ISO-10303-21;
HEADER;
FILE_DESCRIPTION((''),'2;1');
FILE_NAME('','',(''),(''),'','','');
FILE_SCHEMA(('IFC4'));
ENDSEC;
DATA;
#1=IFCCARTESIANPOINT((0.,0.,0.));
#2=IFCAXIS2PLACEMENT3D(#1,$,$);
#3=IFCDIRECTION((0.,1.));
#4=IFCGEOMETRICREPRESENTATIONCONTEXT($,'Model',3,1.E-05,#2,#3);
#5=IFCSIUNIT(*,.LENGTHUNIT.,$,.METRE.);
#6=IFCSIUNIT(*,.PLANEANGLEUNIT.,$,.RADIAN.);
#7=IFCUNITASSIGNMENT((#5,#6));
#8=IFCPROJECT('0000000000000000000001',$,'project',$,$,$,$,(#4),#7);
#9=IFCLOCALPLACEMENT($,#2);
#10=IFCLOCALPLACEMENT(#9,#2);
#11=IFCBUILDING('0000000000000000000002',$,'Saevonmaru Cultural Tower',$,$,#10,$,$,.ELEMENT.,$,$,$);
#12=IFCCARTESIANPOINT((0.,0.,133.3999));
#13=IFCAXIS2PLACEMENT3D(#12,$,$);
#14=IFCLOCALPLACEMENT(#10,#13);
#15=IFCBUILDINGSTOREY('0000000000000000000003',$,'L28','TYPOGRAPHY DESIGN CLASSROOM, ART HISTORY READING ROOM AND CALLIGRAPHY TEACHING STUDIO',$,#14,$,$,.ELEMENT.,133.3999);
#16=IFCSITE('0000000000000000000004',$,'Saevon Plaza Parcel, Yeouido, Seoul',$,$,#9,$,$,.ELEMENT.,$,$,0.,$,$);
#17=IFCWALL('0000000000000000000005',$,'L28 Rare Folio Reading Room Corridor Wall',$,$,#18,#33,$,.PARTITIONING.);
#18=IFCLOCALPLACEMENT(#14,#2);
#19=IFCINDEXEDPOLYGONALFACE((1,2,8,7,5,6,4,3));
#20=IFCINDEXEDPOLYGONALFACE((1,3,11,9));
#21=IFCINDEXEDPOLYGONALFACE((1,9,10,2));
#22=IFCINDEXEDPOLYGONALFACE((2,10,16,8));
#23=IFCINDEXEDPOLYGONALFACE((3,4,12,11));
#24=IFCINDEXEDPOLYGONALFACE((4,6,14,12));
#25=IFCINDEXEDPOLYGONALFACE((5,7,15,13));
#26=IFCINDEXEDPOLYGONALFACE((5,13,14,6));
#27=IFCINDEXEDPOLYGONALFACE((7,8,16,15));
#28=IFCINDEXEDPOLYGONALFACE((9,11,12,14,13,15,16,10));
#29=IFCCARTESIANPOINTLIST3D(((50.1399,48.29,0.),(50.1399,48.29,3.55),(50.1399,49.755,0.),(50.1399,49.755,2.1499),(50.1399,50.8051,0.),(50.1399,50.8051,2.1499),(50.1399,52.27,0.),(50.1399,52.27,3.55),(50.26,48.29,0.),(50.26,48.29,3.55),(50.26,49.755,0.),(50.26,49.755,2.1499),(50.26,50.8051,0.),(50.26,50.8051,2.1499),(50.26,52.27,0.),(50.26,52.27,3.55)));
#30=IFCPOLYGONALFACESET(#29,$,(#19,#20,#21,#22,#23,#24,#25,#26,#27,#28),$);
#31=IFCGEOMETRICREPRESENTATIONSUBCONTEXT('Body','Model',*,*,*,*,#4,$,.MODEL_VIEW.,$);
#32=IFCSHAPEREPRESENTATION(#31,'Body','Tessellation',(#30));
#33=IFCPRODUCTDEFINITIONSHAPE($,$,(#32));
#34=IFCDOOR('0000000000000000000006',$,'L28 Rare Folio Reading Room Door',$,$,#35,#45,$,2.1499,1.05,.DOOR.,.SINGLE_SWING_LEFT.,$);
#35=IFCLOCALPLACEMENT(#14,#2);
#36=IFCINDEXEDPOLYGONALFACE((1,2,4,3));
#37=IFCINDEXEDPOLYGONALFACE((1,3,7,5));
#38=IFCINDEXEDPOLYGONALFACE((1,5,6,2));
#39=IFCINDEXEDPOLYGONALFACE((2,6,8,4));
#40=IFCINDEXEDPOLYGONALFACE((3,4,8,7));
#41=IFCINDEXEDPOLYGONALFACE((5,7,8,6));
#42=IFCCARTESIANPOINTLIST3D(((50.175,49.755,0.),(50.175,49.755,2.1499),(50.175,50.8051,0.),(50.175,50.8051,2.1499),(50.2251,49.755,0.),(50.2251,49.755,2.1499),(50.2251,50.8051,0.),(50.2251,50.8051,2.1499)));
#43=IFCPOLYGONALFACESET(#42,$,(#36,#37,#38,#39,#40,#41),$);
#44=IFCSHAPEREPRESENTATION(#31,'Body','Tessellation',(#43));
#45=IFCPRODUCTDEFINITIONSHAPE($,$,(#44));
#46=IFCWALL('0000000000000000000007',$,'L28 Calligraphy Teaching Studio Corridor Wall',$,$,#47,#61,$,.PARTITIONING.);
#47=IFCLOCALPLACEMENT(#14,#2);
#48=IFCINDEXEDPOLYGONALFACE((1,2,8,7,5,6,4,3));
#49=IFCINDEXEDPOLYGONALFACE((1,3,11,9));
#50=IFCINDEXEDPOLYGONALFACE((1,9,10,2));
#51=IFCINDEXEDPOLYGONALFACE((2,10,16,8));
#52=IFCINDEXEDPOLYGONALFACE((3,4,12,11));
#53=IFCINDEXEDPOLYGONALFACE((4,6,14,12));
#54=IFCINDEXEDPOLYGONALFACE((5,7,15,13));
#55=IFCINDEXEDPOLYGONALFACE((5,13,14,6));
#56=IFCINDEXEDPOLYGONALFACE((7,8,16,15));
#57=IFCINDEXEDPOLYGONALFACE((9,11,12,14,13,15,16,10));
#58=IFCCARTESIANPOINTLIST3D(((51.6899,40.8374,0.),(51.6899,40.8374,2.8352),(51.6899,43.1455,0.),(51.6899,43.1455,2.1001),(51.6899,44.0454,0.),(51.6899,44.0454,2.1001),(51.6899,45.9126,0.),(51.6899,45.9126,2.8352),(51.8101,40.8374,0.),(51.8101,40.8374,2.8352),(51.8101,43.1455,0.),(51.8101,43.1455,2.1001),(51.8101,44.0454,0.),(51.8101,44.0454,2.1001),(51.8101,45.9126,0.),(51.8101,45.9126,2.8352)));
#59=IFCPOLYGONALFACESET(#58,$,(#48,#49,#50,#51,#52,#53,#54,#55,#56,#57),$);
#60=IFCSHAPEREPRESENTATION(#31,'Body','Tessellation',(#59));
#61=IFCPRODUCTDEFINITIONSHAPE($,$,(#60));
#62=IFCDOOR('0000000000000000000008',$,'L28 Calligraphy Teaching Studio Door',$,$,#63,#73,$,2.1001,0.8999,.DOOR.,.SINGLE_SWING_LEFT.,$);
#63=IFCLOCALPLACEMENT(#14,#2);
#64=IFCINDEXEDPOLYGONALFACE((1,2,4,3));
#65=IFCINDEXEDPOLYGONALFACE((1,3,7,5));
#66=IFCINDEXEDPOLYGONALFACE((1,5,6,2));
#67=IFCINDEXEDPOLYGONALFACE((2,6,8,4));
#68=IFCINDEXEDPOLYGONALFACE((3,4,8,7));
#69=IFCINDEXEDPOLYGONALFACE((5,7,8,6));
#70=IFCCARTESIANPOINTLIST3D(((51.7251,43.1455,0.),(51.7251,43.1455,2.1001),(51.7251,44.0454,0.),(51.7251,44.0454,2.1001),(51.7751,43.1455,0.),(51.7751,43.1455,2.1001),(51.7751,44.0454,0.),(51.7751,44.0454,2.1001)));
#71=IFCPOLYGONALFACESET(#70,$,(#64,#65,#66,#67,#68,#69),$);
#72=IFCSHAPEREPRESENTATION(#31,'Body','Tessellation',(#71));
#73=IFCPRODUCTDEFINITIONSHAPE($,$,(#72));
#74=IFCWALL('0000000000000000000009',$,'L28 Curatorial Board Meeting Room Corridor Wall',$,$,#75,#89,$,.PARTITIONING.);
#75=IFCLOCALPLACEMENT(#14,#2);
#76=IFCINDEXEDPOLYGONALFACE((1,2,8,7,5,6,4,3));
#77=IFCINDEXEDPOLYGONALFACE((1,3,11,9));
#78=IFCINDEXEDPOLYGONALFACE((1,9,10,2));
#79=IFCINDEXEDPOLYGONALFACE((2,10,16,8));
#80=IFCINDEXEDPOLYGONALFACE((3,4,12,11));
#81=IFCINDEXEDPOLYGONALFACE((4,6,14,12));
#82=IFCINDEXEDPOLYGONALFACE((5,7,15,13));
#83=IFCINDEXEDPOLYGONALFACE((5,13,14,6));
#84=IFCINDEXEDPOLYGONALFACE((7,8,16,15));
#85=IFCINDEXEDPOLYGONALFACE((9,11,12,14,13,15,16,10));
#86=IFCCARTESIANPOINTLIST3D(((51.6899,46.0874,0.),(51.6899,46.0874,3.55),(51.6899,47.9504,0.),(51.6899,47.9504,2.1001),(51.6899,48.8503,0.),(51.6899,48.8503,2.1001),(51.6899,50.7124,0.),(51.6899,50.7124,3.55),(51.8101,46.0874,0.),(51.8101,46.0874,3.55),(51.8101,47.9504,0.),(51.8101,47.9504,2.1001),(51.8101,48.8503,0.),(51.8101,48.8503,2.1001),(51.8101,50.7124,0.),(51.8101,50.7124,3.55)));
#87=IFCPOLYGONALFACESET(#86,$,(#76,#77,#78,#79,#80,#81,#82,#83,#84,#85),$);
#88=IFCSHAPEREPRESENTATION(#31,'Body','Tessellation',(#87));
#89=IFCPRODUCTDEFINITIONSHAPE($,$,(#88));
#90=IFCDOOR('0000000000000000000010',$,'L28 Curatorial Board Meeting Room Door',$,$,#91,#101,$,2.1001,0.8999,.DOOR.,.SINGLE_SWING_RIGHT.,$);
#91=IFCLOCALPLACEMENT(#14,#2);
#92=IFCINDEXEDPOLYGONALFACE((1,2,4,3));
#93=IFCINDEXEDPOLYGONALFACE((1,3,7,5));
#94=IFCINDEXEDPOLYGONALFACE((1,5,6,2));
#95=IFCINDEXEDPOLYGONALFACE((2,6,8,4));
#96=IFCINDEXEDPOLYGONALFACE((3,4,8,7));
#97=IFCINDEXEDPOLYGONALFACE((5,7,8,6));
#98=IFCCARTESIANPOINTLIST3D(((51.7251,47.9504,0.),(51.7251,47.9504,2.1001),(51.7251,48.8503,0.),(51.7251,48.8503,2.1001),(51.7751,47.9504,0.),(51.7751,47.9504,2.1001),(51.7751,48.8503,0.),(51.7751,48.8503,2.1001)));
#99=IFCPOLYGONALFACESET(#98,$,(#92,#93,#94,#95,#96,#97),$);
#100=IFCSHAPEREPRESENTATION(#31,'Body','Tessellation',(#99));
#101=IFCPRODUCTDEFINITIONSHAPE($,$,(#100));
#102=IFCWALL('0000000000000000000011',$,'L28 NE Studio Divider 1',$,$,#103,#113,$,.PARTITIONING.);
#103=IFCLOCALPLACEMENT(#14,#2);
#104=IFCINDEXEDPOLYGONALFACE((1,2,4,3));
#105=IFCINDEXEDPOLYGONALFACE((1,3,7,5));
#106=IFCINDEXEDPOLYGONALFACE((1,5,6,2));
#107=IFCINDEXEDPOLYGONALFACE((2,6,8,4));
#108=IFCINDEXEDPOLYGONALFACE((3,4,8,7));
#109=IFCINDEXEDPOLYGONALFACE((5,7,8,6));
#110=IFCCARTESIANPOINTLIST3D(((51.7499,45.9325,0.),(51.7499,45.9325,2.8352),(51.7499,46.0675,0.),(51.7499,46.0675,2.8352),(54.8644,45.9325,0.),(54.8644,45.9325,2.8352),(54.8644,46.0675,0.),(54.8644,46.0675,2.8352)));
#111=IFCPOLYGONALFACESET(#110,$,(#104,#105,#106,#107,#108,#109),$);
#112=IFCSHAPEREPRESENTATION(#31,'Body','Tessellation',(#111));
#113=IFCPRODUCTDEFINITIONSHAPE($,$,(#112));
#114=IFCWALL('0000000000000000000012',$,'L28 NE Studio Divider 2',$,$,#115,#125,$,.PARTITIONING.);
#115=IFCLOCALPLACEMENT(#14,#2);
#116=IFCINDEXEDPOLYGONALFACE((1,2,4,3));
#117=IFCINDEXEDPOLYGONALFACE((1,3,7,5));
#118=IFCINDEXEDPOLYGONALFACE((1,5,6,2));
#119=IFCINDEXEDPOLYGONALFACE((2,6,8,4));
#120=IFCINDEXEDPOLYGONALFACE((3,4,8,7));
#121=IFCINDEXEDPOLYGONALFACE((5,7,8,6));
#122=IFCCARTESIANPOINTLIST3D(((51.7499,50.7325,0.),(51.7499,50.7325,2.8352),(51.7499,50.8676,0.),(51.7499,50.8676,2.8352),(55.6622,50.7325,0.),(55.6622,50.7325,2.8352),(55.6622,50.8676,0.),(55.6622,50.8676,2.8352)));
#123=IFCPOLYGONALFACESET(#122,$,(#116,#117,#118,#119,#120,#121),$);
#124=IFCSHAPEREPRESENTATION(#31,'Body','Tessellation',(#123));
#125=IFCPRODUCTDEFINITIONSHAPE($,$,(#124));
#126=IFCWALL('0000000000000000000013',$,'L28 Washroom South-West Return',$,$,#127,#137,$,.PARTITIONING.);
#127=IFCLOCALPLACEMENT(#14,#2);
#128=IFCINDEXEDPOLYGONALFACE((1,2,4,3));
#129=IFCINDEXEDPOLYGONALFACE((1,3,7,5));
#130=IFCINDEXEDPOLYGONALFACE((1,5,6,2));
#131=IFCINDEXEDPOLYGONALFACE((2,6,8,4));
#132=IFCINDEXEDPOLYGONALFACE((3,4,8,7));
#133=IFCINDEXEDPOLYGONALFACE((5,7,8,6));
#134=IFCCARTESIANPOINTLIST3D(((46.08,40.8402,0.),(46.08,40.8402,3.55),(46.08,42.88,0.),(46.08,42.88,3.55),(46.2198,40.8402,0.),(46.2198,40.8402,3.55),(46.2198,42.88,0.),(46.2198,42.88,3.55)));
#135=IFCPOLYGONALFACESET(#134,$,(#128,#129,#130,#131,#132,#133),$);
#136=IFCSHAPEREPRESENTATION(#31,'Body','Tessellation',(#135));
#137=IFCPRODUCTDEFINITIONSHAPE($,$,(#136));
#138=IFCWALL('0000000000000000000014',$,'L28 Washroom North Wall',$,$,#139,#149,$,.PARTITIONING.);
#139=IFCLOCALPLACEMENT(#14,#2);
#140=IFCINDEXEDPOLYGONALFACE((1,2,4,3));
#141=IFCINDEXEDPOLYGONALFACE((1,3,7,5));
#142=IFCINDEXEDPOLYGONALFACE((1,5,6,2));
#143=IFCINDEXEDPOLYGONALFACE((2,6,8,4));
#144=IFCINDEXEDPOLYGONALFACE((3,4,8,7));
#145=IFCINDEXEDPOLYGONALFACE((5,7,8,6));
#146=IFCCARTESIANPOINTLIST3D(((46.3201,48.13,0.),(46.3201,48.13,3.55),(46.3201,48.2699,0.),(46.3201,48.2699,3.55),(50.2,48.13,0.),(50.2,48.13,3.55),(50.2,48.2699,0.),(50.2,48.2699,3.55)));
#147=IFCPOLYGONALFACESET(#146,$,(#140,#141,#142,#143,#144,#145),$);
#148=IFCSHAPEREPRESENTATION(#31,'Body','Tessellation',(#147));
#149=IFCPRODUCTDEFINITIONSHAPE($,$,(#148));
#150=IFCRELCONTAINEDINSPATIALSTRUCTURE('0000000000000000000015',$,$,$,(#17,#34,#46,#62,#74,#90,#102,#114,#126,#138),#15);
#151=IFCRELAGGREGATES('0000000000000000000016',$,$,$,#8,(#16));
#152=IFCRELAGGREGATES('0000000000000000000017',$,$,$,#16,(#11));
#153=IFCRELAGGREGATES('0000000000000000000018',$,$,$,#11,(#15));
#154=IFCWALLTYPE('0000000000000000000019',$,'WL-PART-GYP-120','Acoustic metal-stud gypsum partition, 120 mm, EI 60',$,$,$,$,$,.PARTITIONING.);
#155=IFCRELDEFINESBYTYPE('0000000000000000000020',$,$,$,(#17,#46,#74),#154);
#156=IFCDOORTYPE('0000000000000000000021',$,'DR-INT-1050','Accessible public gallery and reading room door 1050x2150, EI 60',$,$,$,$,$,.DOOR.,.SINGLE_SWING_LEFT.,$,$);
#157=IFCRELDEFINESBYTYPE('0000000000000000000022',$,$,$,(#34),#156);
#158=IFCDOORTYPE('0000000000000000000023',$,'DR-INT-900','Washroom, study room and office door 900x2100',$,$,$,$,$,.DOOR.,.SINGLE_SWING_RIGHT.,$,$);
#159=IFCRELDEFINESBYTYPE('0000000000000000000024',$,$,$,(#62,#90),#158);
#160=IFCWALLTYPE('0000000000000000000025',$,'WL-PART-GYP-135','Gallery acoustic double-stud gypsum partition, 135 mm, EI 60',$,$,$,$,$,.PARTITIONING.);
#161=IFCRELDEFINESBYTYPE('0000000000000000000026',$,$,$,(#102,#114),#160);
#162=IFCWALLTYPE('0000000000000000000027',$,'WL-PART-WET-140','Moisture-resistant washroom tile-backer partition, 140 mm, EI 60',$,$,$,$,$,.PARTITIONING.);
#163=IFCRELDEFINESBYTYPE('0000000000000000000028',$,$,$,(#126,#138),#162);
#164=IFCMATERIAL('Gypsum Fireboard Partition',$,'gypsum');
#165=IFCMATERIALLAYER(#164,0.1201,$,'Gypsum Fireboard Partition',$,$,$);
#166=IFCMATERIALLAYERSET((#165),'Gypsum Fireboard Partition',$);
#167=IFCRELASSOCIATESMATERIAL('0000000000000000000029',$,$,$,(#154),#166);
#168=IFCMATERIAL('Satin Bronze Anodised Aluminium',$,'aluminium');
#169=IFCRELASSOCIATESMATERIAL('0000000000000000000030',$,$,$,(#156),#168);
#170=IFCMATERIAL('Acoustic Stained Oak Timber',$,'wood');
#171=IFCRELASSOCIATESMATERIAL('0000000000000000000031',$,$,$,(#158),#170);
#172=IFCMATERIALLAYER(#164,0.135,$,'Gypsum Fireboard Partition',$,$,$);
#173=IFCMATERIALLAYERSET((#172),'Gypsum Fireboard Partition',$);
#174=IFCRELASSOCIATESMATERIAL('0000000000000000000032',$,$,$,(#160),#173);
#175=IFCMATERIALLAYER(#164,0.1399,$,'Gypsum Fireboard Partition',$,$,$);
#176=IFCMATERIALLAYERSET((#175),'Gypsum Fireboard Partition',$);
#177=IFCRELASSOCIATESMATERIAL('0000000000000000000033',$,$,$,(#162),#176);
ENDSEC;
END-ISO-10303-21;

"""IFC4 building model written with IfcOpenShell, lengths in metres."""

from ifc_helpers import new_model, si_unit, direction, frame, frame_2d, origin, place, context, subcontext, project, spatial, rectangle, extrude, material, layer, layer_set, type_object, element, fill, save


model = new_model("IFC4")

# Units and contexts
model_context = context("Model", 3, precision=1e-05, world=origin(), true_north=direction((0.0, 1.0)))
body_context = subcontext(model_context, "Body", "Model", "MODEL_VIEW")
ifc_project = project(units=[si_unit("LENGTHUNIT", "METRE"), si_unit("PLANEANGLEUNIT", "RADIAN")], contexts=[model_context])

# Site, building, storey
site_placement = place(None, origin())
site = spatial("IfcSite", under=ifc_project, at=site_placement, Name="Saevon Plaza Parcel, Yeouido, Seoul", CompositionType="ELEMENT", RefElevation=0.0)
building_placement = place(site_placement, origin())
building = spatial("IfcBuilding", under=site, at=building_placement, Name="Saevonmaru Cultural Tower", CompositionType="ELEMENT")
storey_placement = place(building_placement, frame((0.0, 0.0, 133.3999)))
storey = spatial("IfcBuildingStorey", under=building, at=storey_placement, Name="L28", Description="TYPOGRAPHY DESIGN CLASSROOM, ART HISTORY READING ROOM AND CALLIGRAPHY TEACHING STUDIO", CompositionType="ELEMENT", Elevation=133.3999)

# Shared definitions
ifc_material_1 = material(Name="Satin Bronze Anodised Aluminium", Category="aluminium")

# Walls, openings, doors
ifc_material_2 = material(Name="Gypsum Fireboard Partition", Category="gypsum")
ifc_layer_1 = layer(ifc_material_2, 0.1201, Name="Gypsum Fireboard Partition")
ifc_layer_set_1 = layer_set([ifc_layer_1], Name="Gypsum Fireboard Partition")
wall_type_1 = type_object("IfcWallType", Name="WL-PART-GYP-120", Description="Acoustic metal-stud gypsum partition, 120 mm, EI 60", PredefinedType="PARTITIONING", material=ifc_layer_set_1)
wall_1_placement = place(storey_placement, frame((50.2, 48.29, 0.0), z_axis=(0.0, 0.0, 1.0), x_axis=(0.0, 1.0, 0.0)))
wall_1 = element("IfcWall", 1, at=wall_1_placement, inside=storey, type_object=wall_type_1, Name="L28 Rare Folio Reading Room Corridor Wall", PredefinedType="PARTITIONING", context=body_context, shape_type="SweptSolid", body=[
    extrude(rectangle(XDim=3.98, YDim=0.1201, at=frame_2d((1.99, 0.0))), origin(), (0.0, 0.0, 1.0), 3.55),
])
opening_1_placement = place(wall_1_placement, frame((1.4651, 0.0, 0.0)))
opening_1 = element("IfcOpeningElement", 2, at=opening_1_placement, cuts=wall_1, PredefinedType="OPENING", context=body_context, shape_type="SweptSolid", body=[
    extrude(rectangle(XDim=1.05, YDim=2.1499, at=frame_2d((0.5249, 1.075))), frame((0.0, 0.0701, 0.0), z_axis=(0.0, -1.0, 0.0), x_axis=(1.0, 0.0, 0.0)), (0.0, 0.0, 1.0), 0.1401),
])
door_type_1 = type_object("IfcDoorType", Name="DR-INT-1050", Description="Accessible public gallery and reading room door 1050x2150, EI 60", OperationType="SINGLE_SWING_LEFT", PredefinedType="DOOR", material=ifc_material_1)
door_1_placement = place(opening_1_placement, origin())
door_1 = element("IfcDoor", 3, at=door_1_placement, inside=storey, type_object=door_type_1, Name="L28 Rare Folio Reading Room Door", OperationType="SINGLE_SWING_LEFT", OverallHeight=2.1499, OverallWidth=1.05, PredefinedType="DOOR", context=body_context, shape_type="SweptSolid", body=[
    extrude(rectangle(XDim=1.05, YDim=2.1499, at=frame_2d((0.5249, 1.075))), frame((0.0, 0.0249, 0.0), z_axis=(0.0, -1.0, 0.0), x_axis=(1.0, 0.0, 0.0)), (0.0, 0.0, 1.0), 0.05),
])
fill(opening_1, door_1)
wall_2_placement = place(storey_placement, frame((51.75, 40.8374, 0.0), z_axis=(0.0, 0.0, 1.0), x_axis=(0.0, 1.0, 0.0)))
wall_2 = element("IfcWall", 4, at=wall_2_placement, inside=storey, type_object=wall_type_1, Name="L28 Calligraphy Teaching Studio Corridor Wall", PredefinedType="PARTITIONING", context=body_context, shape_type="SweptSolid", body=[
    extrude(rectangle(XDim=5.0752, YDim=0.1201, at=frame_2d((2.5376, 0.0))), origin(), (0.0, 0.0, 1.0), 2.8352),
])
opening_2_placement = place(wall_2_placement, frame((2.3081, 0.0, 0.0)))
opening_2 = element("IfcOpeningElement", 5, at=opening_2_placement, cuts=wall_2, PredefinedType="OPENING", context=body_context, shape_type="SweptSolid", body=[
    extrude(rectangle(XDim=0.8999, YDim=2.1001, at=frame_2d((0.45, 1.05))), frame((0.0, 0.0701, 0.0), z_axis=(0.0, -1.0, 0.0), x_axis=(1.0, 0.0, 0.0)), (0.0, 0.0, 1.0), 0.1401),
])
ifc_material_3 = material(Name="Acoustic Stained Oak Timber", Category="wood")
door_type_2 = type_object("IfcDoorType", Name="DR-INT-900", Description="Washroom, study room and office door 900x2100", OperationType="SINGLE_SWING_RIGHT", PredefinedType="DOOR", material=ifc_material_3)
door_2_placement = place(opening_2_placement, origin())
door_2 = element("IfcDoor", 6, at=door_2_placement, inside=storey, type_object=door_type_2, Name="L28 Calligraphy Teaching Studio Door", OperationType="SINGLE_SWING_LEFT", OverallHeight=2.1001, OverallWidth=0.8999, PredefinedType="DOOR", context=body_context, shape_type="SweptSolid", body=[
    extrude(rectangle(XDim=0.8999, YDim=2.1001, at=frame_2d((0.45, 1.05))), frame((0.0, 0.0249, 0.0), z_axis=(0.0, -1.0, 0.0), x_axis=(1.0, 0.0, 0.0)), (0.0, 0.0, 1.0), 0.05),
])
fill(opening_2, door_2)
wall_3_placement = place(storey_placement, frame((51.75, 46.0874, 0.0), z_axis=(0.0, 0.0, 1.0), x_axis=(0.0, 1.0, 0.0)))
wall_3 = element("IfcWall", 7, at=wall_3_placement, inside=storey, type_object=wall_type_1, Name="L28 Curatorial Board Meeting Room Corridor Wall", PredefinedType="PARTITIONING", context=body_context, shape_type="SweptSolid", body=[
    extrude(rectangle(XDim=4.625, YDim=0.1201, at=frame_2d((2.3125, 0.0))), origin(), (0.0, 0.0, 1.0), 3.55),
])
opening_3_placement = place(wall_3_placement, frame((1.863, 0.0, 0.0)))
opening_3 = element("IfcOpeningElement", 8, at=opening_3_placement, cuts=wall_3, PredefinedType="OPENING", context=body_context, shape_type="SweptSolid", body=[
    extrude(rectangle(XDim=0.8999, YDim=2.1001, at=frame_2d((0.45, 1.05))), frame((0.0, 0.0701, 0.0), z_axis=(0.0, -1.0, 0.0), x_axis=(1.0, 0.0, 0.0)), (0.0, 0.0, 1.0), 0.1401),
])
door_3_placement = place(opening_3_placement, origin())
door_3 = element("IfcDoor", 9, at=door_3_placement, inside=storey, type_object=door_type_2, Name="L28 Curatorial Board Meeting Room Door", OperationType="SINGLE_SWING_RIGHT", OverallHeight=2.1001, OverallWidth=0.8999, PredefinedType="DOOR", context=body_context, shape_type="SweptSolid", body=[
    extrude(rectangle(XDim=0.8999, YDim=2.1001, at=frame_2d((0.45, 1.05))), frame((0.0, 0.0249, 0.0), z_axis=(0.0, -1.0, 0.0), x_axis=(1.0, 0.0, 0.0)), (0.0, 0.0, 1.0), 0.05),
])
fill(opening_3, door_3)

# Walls
ifc_layer_2 = layer(ifc_material_2, 0.135, Name="Gypsum Fireboard Partition")
ifc_layer_set_2 = layer_set([ifc_layer_2], Name="Gypsum Fireboard Partition")
wall_type_2 = type_object("IfcWallType", Name="WL-PART-GYP-135", Description="Gallery acoustic double-stud gypsum partition, 135 mm, EI 60", PredefinedType="PARTITIONING", material=ifc_layer_set_2)
wall_4_placement = place(storey_placement, frame((51.75, 46.0, 0.0), z_axis=(0.0, 0.0, 1.0), x_axis=(1.0, 0.0, 0.0)))
element("IfcWall", 10, at=wall_4_placement, inside=storey, type_object=wall_type_2, Name="L28 NE Studio Divider 1", PredefinedType="PARTITIONING", context=body_context, shape_type="SweptSolid", body=[
    extrude(rectangle(XDim=3.1145, YDim=0.135, at=frame_2d((1.5571, 0.0))), origin(), (0.0, 0.0, 1.0), 2.8352),
])
wall_5_placement = place(storey_placement, frame((51.75, 50.8, 0.0), z_axis=(0.0, 0.0, 1.0), x_axis=(1.0, 0.0, 0.0)))
element("IfcWall", 11, at=wall_5_placement, inside=storey, type_object=wall_type_2, Name="L28 NE Studio Divider 2", PredefinedType="PARTITIONING", context=body_context, shape_type="SweptSolid", body=[
    extrude(rectangle(XDim=3.9124, YDim=0.135, at=frame_2d((1.9561, 0.0))), origin(), (0.0, 0.0, 1.0), 2.8352),
])
ifc_layer_3 = layer(ifc_material_2, 0.1399, Name="Gypsum Fireboard Partition")
ifc_layer_set_3 = layer_set([ifc_layer_3], Name="Gypsum Fireboard Partition")
wall_type_3 = type_object("IfcWallType", Name="WL-PART-WET-140", Description="Moisture-resistant washroom tile-backer partition, 140 mm, EI 60", PredefinedType="PARTITIONING", material=ifc_layer_set_3)
wall_6_placement = place(storey_placement, frame((46.1499, 40.8401, 0.0), z_axis=(0.0, 0.0, 1.0), x_axis=(0.0, 1.0, 0.0)))
element("IfcWall", 12, at=wall_6_placement, inside=storey, type_object=wall_type_3, Name="L28 Washroom South-West Return", PredefinedType="PARTITIONING", context=body_context, shape_type="SweptSolid", body=[
    extrude(rectangle(XDim=2.0398, YDim=0.1399, at=frame_2d((1.02, 0.0))), origin(), (0.0, 0.0, 1.0), 3.55),
])
wall_7_placement = place(storey_placement, frame((46.3201, 48.2, 0.0), z_axis=(0.0, 0.0, 1.0), x_axis=(1.0, 0.0, 0.0)))
element("IfcWall", 13, at=wall_7_placement, inside=storey, type_object=wall_type_3, Name="L28 Washroom North Wall", PredefinedType="PARTITIONING", context=body_context, shape_type="SweptSolid", body=[
    extrude(rectangle(XDim=3.8799, YDim=0.1399, at=frame_2d((1.9399, 0.0))), origin(), (0.0, 0.0, 1.0), 3.55),
])

save(model, "model.ifc")
